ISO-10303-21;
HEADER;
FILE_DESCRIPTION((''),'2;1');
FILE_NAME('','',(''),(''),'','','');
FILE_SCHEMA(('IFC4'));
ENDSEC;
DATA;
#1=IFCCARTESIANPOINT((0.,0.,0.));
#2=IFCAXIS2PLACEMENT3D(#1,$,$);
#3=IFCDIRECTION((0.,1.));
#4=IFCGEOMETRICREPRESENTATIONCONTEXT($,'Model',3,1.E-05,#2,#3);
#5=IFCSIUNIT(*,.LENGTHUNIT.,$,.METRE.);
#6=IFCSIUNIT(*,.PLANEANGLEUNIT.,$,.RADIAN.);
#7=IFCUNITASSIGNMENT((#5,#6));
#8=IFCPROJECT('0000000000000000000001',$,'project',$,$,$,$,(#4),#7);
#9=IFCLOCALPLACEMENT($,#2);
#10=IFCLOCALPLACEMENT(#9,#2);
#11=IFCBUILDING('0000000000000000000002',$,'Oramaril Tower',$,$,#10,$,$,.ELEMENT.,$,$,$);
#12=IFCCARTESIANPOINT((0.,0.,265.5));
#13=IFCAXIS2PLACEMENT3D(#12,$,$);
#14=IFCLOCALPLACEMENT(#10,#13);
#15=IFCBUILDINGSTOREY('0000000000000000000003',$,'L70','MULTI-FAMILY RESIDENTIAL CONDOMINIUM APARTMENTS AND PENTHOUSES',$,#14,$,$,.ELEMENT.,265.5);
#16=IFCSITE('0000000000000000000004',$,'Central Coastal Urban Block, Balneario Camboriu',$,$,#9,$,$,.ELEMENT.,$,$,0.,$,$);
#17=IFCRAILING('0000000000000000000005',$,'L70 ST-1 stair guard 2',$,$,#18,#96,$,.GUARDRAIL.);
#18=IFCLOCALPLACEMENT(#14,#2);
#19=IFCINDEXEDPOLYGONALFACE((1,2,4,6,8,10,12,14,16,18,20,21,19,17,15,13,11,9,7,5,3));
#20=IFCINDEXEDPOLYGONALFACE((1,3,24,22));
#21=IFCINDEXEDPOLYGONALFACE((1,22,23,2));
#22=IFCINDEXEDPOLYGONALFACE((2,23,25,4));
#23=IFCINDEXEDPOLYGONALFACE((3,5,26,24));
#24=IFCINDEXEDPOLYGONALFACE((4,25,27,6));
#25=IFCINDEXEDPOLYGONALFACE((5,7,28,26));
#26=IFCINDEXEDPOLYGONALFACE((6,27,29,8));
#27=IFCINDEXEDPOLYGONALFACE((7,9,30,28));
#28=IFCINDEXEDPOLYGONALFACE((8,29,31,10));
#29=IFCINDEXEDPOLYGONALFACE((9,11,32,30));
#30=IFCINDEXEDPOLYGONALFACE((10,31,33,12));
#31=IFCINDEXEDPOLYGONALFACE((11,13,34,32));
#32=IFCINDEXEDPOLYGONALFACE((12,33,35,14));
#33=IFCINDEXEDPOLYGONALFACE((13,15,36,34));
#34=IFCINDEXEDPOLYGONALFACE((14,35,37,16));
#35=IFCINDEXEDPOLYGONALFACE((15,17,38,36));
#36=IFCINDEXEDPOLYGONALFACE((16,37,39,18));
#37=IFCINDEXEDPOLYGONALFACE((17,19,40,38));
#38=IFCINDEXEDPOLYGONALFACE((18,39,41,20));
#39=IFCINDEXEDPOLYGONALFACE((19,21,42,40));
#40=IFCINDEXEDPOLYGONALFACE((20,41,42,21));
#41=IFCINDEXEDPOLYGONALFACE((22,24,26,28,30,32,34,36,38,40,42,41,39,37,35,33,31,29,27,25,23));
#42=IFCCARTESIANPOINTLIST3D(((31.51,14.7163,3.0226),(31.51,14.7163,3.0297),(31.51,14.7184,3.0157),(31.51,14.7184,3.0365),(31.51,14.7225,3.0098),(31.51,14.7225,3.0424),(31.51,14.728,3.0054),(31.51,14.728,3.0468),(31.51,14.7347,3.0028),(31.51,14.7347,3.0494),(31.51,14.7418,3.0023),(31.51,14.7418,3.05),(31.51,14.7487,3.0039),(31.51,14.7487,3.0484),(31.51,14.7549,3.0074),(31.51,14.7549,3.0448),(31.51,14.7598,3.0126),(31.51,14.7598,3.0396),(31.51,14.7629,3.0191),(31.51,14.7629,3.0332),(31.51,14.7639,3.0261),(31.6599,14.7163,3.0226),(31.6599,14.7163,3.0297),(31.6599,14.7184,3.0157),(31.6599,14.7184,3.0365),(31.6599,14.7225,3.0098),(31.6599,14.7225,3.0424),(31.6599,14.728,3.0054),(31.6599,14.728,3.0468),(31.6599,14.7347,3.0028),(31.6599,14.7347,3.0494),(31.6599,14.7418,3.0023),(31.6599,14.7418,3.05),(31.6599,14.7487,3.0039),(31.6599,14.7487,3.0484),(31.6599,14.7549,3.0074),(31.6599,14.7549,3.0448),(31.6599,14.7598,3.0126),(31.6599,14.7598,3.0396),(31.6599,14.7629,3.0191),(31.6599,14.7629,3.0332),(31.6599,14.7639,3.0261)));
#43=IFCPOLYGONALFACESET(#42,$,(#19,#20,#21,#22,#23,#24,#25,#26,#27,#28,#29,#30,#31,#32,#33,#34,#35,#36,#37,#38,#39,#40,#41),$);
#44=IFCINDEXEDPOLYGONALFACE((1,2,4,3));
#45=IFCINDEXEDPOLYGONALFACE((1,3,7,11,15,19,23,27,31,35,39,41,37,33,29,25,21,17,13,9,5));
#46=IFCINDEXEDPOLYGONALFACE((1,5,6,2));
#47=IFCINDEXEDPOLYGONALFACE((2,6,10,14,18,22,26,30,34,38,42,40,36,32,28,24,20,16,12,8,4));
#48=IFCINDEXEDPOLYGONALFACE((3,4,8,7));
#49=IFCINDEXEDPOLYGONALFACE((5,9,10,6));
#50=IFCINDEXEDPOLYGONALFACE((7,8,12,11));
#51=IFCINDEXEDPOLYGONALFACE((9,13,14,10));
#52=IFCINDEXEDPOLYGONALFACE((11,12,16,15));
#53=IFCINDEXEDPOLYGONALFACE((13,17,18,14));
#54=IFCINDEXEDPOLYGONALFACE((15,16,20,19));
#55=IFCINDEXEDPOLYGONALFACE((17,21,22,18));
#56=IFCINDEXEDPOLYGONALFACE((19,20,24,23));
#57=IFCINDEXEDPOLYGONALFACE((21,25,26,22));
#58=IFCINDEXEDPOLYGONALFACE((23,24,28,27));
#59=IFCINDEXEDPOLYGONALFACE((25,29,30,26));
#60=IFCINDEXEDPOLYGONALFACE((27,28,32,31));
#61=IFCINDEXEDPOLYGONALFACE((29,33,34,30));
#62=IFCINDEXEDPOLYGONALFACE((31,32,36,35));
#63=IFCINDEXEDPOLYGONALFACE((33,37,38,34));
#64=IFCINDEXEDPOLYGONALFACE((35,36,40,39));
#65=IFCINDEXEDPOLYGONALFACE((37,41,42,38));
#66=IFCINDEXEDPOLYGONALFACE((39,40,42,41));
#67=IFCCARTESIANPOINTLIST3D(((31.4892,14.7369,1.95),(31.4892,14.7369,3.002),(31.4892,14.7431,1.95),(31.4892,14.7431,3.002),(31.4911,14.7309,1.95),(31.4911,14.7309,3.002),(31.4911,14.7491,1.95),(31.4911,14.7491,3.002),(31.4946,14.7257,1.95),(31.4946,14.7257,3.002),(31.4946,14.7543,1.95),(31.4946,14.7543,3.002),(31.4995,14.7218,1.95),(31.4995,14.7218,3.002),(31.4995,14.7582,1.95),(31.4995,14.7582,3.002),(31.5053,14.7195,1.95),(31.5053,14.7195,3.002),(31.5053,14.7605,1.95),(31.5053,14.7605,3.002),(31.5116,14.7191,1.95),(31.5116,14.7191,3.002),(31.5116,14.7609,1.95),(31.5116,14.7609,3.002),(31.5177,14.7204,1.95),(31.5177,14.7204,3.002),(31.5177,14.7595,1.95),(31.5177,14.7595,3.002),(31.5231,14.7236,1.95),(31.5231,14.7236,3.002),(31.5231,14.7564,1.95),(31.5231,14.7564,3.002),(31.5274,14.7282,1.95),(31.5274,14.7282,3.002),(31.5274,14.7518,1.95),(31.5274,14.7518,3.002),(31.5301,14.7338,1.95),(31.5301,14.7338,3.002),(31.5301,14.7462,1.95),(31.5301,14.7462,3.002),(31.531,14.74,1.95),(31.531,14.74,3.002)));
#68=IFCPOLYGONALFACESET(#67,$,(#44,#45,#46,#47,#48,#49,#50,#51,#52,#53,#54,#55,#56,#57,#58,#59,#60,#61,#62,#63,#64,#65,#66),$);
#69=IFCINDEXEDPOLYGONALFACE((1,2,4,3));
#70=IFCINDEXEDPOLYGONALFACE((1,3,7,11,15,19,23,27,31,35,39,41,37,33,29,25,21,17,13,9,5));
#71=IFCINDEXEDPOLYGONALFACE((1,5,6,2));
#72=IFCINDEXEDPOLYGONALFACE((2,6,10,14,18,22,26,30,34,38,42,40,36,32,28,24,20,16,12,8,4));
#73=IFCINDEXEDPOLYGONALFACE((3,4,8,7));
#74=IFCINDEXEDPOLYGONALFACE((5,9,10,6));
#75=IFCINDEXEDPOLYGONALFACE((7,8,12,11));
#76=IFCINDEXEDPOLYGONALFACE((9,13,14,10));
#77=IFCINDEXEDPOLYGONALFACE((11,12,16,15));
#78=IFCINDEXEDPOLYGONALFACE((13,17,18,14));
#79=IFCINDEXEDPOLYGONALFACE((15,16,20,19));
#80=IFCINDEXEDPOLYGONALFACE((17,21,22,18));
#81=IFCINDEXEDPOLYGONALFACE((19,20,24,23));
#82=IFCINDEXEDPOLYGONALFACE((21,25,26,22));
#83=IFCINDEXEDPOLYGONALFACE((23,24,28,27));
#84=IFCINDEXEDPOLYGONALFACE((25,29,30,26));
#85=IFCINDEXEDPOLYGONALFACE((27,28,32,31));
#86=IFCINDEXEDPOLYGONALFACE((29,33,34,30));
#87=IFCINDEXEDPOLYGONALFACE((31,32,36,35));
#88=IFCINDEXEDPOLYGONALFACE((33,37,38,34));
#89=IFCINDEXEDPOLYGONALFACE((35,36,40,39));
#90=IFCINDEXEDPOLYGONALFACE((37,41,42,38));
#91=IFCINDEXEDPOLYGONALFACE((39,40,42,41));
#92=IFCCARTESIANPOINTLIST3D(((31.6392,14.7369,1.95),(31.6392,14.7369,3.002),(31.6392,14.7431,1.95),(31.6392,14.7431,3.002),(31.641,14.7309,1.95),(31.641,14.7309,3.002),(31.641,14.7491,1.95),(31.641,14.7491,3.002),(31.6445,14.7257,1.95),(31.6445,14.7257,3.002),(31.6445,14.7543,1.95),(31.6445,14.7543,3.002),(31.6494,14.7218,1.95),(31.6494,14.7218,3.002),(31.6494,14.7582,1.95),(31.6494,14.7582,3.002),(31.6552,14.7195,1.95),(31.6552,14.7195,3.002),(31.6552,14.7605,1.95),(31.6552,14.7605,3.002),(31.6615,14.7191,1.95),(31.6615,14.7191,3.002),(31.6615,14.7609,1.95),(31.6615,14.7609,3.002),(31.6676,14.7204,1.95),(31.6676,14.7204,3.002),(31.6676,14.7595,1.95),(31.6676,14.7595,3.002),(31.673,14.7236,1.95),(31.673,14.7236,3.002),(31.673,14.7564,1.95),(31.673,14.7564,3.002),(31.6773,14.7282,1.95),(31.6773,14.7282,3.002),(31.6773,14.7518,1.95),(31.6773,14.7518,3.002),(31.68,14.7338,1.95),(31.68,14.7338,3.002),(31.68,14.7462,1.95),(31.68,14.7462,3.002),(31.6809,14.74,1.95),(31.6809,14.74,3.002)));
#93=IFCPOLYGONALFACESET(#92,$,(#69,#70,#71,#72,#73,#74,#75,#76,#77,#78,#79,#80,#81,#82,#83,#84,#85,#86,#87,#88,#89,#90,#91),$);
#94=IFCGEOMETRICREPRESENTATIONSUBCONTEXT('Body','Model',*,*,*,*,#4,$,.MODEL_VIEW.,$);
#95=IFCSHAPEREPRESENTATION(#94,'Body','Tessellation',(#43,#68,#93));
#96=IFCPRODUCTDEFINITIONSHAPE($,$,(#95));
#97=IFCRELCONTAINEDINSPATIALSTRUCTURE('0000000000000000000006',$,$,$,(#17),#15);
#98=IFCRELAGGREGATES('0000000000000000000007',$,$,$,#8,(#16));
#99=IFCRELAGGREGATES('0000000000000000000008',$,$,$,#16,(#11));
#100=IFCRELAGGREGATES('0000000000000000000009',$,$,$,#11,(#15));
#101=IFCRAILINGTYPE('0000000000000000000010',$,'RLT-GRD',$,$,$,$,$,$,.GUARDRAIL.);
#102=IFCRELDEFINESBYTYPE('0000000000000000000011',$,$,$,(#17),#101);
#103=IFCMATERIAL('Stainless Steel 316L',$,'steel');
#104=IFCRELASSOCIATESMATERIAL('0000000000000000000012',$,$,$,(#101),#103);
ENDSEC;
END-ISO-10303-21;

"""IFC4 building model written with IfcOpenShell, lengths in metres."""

from ifc_helpers import new_model, si_unit, direction, frame, origin, origin_2d, place, context, subcontext, project, spatial, circle, extrude, material, type_object, element, save


model = new_model("IFC4")

# Units and contexts
model_context = context("Model", 3, precision=1e-05, world=origin(), true_north=direction((0.0, 1.0)))
body_context = subcontext(model_context, "Body", "Model", "MODEL_VIEW")
ifc_project = project(units=[si_unit("LENGTHUNIT", "METRE"), si_unit("PLANEANGLEUNIT", "RADIAN")], contexts=[model_context])

# Site, building, storey
site_placement = place(None, origin())
site = spatial("IfcSite", under=ifc_project, at=site_placement, Name="Central Coastal Urban Block, Balneario Camboriu", CompositionType="ELEMENT", RefElevation=0.0)
building_placement = place(site_placement, origin())
building = spatial("IfcBuilding", under=site, at=building_placement, Name="Oramaril Tower", CompositionType="ELEMENT")
storey_placement = place(building_placement, frame((0.0, 0.0, 265.5)))
storey = spatial("IfcBuildingStorey", under=building, at=storey_placement, Name="L70", Description="MULTI-FAMILY RESIDENTIAL CONDOMINIUM APARTMENTS AND PENTHOUSES", CompositionType="ELEMENT", Elevation=265.5)

# Railing
ifc_material_1 = material(Name="Stainless Steel 316L", Category="steel")
railing_type_1 = type_object("IfcRailingType", Name="RLT-GRD", PredefinedType="GUARDRAIL", material=ifc_material_1)
railing_1_placement = place(storey_placement, frame((31.51, 14.74, 1.95)))
element("IfcRailing", 1, at=railing_1_placement, inside=storey, type_object=railing_type_1, Name="L70 ST-1 stair guard 2", PredefinedType="GUARDRAIL", context=body_context, shape_type="SweptSolid", body=[
    extrude(circle(Radius=0.0239, at=origin_2d()), frame((0.0, 0.0, 1.0762), z_axis=(1.0, 0.0, 0.0), x_axis=(0.0, 1.0, 0.0)), (0.0, 0.0, 1.0), 0.1499),
    extrude(circle(Radius=0.021, at=origin_2d()), origin(), (0.0, 0.0, 1.0), 1.052),
    extrude(circle(Radius=0.021, at=origin_2d()), frame((0.1499, 0.0, 0.0)), (0.0, 0.0, 1.0), 1.052),
])

save(model, "model.ifc")
